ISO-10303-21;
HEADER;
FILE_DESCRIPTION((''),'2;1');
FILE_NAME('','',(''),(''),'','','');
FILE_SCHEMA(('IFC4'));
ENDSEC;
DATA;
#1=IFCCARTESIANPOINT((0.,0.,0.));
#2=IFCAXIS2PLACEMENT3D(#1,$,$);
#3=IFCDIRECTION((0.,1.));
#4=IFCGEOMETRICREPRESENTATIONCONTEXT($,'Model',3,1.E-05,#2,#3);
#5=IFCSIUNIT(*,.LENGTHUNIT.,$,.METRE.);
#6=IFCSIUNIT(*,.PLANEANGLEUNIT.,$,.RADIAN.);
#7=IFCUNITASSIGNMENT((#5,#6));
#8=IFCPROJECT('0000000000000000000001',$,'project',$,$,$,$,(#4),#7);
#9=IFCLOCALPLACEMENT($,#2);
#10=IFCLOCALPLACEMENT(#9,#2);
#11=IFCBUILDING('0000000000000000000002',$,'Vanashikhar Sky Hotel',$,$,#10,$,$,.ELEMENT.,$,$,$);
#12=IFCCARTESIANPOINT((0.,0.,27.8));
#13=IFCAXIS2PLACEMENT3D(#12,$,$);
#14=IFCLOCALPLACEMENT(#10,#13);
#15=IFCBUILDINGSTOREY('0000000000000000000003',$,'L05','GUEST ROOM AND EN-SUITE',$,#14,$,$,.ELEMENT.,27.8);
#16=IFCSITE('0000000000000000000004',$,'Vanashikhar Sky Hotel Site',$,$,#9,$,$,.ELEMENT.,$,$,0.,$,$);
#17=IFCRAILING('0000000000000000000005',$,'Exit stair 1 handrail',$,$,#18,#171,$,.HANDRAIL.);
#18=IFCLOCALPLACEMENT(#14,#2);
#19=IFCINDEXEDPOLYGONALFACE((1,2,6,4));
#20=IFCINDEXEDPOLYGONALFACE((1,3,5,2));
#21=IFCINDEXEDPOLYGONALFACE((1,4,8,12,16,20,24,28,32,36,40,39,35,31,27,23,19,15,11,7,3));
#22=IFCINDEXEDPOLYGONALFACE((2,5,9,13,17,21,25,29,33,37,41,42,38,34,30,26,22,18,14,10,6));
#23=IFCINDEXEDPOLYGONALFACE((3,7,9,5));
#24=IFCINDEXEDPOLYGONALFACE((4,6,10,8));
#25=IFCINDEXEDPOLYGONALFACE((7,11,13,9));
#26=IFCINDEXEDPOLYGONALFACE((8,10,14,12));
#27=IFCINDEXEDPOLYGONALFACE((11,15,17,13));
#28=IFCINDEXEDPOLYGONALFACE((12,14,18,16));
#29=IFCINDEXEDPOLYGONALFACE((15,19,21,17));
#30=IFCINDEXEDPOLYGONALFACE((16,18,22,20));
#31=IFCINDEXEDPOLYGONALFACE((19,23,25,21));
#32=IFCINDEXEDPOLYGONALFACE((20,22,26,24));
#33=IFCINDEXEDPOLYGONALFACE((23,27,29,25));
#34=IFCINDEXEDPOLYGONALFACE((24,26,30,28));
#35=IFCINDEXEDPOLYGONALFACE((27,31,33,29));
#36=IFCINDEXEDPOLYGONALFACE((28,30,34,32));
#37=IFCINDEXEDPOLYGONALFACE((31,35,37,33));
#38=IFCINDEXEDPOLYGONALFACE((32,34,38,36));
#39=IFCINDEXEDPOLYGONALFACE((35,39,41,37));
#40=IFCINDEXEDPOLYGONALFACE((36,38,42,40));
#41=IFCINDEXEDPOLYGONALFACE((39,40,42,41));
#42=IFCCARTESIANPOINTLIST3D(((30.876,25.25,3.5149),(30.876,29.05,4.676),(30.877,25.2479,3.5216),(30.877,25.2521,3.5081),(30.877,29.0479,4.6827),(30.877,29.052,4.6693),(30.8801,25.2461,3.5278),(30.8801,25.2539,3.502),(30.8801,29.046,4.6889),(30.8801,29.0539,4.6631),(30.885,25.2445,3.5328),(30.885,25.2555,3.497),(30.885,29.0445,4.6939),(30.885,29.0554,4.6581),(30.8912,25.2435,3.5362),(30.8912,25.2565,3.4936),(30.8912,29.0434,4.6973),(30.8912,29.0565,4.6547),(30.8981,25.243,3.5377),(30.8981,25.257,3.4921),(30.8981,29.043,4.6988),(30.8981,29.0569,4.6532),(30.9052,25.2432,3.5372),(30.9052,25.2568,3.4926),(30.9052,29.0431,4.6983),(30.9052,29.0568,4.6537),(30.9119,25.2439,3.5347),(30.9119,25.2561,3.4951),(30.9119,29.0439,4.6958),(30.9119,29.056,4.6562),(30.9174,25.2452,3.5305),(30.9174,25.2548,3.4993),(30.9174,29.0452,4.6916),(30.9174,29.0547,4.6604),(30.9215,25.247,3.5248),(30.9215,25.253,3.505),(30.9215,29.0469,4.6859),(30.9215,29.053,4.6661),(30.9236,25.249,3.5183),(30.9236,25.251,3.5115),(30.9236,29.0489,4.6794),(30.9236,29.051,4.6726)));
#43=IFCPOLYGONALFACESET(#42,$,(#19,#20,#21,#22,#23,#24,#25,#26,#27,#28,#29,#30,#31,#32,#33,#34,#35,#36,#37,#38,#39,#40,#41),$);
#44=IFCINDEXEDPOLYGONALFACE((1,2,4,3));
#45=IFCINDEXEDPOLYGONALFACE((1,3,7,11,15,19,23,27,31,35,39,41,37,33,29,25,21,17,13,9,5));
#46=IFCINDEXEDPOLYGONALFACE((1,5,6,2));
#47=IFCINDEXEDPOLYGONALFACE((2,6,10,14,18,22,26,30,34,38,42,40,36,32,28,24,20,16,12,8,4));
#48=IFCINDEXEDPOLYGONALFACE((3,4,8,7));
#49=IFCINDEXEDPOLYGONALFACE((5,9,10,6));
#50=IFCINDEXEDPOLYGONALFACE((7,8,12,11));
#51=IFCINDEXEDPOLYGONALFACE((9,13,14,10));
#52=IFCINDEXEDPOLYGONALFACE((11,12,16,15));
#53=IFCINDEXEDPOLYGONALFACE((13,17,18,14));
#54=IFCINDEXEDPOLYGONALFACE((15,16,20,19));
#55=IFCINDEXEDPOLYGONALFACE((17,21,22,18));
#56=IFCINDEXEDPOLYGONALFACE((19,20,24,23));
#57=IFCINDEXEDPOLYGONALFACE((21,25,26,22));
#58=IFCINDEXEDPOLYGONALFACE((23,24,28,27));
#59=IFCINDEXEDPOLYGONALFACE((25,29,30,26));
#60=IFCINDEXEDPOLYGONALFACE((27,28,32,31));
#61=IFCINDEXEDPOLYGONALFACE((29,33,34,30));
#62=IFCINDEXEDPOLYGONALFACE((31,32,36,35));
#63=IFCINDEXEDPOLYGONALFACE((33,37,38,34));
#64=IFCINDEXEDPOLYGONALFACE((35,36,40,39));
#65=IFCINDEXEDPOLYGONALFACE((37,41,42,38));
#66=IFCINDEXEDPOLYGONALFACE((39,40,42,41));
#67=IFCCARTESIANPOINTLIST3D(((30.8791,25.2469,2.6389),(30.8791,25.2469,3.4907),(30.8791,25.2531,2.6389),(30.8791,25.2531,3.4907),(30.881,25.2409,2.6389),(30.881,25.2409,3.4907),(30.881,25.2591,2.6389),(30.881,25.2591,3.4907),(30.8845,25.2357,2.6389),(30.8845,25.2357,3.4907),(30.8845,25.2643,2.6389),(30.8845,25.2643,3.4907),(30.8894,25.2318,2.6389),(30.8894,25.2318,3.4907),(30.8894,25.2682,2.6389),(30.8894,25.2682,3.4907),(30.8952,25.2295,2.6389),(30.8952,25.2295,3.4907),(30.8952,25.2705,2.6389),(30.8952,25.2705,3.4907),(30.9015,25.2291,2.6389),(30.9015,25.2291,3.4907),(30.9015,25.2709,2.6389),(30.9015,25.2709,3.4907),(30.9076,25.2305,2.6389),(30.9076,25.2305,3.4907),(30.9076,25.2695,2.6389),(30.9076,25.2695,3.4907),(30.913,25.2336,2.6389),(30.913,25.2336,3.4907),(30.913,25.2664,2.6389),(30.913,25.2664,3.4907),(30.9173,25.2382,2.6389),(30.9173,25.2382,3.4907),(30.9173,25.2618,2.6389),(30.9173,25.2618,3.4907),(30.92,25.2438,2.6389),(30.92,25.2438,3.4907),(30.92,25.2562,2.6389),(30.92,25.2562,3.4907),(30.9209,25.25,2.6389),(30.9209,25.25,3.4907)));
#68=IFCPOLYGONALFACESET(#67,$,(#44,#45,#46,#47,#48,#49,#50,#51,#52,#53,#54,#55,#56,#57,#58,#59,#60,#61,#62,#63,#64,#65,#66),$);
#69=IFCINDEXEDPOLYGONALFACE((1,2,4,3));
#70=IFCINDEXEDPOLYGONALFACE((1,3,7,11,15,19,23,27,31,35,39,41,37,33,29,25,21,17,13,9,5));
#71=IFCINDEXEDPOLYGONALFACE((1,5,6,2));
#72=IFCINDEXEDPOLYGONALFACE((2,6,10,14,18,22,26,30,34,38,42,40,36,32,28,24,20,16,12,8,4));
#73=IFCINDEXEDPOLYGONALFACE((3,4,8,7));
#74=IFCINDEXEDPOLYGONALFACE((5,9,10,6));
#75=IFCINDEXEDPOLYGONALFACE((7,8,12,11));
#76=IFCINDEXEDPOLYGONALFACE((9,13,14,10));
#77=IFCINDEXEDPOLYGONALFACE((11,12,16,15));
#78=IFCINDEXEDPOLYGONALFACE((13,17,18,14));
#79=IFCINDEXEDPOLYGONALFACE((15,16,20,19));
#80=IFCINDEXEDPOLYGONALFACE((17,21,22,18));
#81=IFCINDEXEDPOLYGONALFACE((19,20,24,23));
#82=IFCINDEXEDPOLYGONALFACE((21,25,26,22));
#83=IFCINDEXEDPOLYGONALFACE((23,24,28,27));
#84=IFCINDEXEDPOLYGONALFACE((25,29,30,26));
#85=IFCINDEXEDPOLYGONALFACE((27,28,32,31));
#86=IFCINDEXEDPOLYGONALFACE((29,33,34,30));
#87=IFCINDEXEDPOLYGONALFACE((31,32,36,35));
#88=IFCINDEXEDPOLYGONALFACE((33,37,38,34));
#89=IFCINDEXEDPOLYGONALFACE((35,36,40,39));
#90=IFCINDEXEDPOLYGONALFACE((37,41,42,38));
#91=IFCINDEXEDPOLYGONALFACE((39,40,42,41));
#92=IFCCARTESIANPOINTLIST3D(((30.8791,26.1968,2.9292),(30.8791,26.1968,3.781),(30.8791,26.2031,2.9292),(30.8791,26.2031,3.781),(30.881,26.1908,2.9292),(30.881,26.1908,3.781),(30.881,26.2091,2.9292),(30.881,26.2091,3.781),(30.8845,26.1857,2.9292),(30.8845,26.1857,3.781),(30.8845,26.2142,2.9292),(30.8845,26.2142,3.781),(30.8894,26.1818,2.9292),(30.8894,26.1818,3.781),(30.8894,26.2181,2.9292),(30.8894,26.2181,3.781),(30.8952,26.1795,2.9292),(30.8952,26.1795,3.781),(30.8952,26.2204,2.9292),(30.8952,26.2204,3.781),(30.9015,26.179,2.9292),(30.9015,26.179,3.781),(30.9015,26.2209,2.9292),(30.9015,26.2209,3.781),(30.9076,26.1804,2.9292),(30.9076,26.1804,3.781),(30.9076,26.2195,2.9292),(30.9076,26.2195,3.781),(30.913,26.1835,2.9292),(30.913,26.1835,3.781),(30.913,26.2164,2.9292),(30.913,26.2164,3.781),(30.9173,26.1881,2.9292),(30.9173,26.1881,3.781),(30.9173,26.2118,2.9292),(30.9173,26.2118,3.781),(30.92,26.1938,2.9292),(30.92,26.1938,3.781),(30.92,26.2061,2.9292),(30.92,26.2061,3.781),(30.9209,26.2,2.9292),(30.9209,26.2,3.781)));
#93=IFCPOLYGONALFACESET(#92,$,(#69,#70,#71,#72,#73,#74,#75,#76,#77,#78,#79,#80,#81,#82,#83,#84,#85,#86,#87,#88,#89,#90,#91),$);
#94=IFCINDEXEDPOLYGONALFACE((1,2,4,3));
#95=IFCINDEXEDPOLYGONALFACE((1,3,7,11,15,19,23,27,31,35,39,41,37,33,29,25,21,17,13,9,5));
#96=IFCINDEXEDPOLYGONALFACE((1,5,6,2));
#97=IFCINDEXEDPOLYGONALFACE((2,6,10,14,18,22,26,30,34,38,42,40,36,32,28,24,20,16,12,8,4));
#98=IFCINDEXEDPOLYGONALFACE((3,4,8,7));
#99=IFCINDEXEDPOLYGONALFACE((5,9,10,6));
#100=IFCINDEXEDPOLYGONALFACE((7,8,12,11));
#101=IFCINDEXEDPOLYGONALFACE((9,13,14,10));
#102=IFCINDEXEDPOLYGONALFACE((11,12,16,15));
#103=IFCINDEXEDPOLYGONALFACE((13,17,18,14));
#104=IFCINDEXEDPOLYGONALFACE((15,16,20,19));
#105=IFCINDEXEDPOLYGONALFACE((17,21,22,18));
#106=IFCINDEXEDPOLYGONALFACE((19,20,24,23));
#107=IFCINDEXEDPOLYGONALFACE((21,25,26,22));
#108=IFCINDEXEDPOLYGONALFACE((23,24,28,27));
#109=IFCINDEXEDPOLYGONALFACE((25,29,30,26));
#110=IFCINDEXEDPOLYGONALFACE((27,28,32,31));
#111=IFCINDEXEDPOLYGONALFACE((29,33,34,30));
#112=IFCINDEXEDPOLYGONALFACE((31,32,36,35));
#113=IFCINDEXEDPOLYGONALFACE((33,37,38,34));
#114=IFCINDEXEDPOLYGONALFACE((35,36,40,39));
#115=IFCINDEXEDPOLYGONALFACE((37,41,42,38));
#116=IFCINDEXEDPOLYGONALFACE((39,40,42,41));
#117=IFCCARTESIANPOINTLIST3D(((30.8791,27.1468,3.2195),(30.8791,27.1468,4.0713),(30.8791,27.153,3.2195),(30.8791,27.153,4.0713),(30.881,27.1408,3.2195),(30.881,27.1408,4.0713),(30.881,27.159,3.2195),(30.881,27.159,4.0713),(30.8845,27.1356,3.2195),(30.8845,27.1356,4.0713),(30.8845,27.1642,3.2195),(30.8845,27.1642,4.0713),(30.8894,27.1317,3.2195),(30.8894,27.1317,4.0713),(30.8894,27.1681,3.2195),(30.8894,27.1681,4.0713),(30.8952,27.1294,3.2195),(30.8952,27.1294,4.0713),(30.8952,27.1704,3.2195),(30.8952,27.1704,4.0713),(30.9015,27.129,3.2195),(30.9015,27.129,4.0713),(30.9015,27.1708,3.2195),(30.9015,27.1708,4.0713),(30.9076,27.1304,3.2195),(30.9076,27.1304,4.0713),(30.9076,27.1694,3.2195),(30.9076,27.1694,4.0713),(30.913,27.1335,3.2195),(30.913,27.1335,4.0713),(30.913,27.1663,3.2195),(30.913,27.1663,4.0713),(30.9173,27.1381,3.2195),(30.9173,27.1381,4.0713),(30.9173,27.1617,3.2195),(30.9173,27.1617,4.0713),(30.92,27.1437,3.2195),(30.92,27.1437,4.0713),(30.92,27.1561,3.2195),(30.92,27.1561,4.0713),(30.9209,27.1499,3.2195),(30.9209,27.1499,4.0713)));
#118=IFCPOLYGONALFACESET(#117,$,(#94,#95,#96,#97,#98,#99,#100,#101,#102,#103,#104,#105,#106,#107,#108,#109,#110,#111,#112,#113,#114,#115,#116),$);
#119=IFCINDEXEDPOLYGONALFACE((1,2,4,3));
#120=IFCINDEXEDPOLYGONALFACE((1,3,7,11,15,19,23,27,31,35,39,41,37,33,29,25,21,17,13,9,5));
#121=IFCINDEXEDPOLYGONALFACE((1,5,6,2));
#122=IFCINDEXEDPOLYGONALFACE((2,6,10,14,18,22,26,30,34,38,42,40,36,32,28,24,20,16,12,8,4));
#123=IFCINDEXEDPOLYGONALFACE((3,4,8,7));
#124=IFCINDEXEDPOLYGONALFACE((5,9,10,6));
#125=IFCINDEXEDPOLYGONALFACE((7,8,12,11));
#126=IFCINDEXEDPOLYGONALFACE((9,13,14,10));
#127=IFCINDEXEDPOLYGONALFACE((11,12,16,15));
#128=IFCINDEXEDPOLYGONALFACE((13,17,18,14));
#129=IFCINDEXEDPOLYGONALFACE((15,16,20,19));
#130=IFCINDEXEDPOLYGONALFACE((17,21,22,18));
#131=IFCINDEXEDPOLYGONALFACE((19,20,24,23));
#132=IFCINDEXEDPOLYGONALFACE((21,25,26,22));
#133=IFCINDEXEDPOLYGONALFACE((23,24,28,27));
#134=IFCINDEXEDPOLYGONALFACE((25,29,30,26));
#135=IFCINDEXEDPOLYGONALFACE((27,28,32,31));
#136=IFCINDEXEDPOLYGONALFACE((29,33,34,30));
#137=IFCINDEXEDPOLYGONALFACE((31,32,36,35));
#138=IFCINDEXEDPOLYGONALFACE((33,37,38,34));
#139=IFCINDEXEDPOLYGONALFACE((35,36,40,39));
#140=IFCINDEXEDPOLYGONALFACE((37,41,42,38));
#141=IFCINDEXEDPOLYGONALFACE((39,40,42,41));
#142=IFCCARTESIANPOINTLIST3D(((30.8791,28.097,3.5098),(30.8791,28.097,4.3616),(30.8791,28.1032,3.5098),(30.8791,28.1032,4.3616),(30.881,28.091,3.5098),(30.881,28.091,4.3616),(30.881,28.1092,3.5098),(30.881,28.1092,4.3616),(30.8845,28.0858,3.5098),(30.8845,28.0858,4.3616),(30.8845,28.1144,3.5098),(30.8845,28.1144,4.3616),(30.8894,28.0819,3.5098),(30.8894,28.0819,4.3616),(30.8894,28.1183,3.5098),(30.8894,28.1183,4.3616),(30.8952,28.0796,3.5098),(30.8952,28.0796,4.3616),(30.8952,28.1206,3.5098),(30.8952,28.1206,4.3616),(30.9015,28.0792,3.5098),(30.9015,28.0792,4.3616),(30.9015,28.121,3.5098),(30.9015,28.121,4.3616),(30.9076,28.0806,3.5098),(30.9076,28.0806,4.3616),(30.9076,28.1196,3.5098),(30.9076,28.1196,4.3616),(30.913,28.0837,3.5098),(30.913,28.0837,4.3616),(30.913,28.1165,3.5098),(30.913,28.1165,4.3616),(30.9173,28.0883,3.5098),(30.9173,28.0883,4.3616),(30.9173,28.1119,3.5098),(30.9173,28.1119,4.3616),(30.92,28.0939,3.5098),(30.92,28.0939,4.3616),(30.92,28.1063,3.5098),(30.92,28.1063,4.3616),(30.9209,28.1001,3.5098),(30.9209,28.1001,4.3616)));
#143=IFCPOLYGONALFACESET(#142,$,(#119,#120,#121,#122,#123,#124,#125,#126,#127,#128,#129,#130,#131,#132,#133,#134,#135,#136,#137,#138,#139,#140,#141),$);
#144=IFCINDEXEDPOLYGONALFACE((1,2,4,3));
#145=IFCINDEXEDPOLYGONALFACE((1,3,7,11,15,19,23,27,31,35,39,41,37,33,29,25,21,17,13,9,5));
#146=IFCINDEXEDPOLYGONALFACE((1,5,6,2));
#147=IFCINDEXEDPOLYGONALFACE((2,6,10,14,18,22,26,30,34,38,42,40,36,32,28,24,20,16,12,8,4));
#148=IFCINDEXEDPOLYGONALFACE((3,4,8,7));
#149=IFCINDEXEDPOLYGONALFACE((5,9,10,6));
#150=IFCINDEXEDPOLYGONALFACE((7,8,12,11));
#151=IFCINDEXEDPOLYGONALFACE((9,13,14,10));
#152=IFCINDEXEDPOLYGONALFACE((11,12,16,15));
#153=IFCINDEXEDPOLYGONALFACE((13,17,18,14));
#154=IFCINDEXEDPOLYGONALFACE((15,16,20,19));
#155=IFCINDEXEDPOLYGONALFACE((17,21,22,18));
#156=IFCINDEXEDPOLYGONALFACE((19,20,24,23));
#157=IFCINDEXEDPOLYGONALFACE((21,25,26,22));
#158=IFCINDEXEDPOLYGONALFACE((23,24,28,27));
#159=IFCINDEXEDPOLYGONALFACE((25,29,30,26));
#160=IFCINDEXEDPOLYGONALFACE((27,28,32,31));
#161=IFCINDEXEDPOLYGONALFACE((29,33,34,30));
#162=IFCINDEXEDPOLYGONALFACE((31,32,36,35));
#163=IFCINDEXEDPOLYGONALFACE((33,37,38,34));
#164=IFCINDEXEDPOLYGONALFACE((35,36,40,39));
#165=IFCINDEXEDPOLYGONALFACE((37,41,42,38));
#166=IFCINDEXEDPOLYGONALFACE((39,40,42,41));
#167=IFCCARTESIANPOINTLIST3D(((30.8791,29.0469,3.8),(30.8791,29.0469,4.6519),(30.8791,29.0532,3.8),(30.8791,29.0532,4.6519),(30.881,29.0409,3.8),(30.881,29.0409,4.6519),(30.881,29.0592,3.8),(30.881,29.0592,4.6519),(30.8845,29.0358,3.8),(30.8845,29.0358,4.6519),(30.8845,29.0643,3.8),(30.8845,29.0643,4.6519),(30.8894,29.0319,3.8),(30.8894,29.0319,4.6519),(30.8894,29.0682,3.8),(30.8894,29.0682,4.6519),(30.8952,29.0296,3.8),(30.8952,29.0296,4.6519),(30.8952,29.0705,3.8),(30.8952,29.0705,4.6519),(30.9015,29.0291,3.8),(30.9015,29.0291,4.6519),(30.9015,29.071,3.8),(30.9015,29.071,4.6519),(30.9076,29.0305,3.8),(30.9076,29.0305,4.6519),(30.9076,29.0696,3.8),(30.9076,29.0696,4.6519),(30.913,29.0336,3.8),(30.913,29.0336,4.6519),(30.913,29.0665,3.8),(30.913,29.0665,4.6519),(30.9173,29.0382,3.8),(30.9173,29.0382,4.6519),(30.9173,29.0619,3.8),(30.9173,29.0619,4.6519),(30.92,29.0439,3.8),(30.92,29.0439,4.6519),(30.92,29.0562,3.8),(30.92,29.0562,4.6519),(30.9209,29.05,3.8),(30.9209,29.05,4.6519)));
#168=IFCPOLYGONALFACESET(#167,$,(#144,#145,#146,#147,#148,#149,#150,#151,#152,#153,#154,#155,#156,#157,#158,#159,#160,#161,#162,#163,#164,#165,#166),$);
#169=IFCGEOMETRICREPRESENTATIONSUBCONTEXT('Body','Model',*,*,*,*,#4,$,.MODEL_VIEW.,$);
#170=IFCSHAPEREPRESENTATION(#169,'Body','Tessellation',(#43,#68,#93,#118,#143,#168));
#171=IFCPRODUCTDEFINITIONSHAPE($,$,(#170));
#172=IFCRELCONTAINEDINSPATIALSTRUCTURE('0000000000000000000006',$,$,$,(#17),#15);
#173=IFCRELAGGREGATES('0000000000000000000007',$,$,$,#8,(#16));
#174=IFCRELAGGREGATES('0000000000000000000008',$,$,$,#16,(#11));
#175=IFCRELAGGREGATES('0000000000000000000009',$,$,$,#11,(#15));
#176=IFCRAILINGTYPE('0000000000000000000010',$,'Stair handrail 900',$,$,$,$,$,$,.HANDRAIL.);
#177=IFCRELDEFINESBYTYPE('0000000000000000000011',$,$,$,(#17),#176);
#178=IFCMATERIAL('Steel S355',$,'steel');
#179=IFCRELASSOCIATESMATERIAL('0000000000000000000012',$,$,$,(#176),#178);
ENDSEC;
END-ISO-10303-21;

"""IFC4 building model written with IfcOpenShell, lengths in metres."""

from ifc_helpers import new_model, si_unit, direction, frame, origin, origin_2d, place, context, subcontext, project, spatial, circle, extrude, source, transform, mapped, material, type_object, element, save


model = new_model("IFC4")

# Units and contexts
model_context = context("Model", 3, precision=1e-05, world=origin(), true_north=direction((0.0, 1.0)))
body_context = subcontext(model_context, "Body", "Model", "MODEL_VIEW")
ifc_project = project(units=[si_unit("LENGTHUNIT", "METRE"), si_unit("PLANEANGLEUNIT", "RADIAN")], contexts=[model_context])

# Site, building, storey
site_placement = place(None, origin())
site = spatial("IfcSite", under=ifc_project, at=site_placement, Name="Vanashikhar Sky Hotel Site", CompositionType="ELEMENT", RefElevation=0.0)
building_placement = place(site_placement, origin())
building = spatial("IfcBuilding", under=site, at=building_placement, Name="Vanashikhar Sky Hotel", CompositionType="ELEMENT")
storey_placement = place(building_placement, frame((0.0, 0.0, 27.8)))
storey = spatial("IfcBuildingStorey", under=building, at=storey_placement, Name="L05", Description="GUEST ROOM AND EN-SUITE", CompositionType="ELEMENT", Elevation=27.8)

# Railing
ifc_material_1 = material(Name="Steel S355", Category="steel")
railing_type_1 = type_object("IfcRailingType", Name="Stair handrail 900", PredefinedType="HANDRAIL", material=ifc_material_1)
shared_shape_1 = source(origin(), body_context, "Body", "SweptSolid", [
    extrude(circle(Radius=0.0239, at=origin_2d()), frame((0.0, 0.0, 0.876), z_axis=(0.0, 0.956351, 0.29222), x_axis=(-1.0, 0.0, 0.0)), (0.0, 0.0, 1.0), 3.9734),
    extrude(circle(Radius=0.021, at=origin_2d()), origin(), (0.0, 0.0, 1.0), 0.8518),
    extrude(circle(Radius=0.021, at=origin_2d()), frame((0.0, 0.95, 0.2903)), (0.0, 0.0, 1.0), 0.8518),
    extrude(circle(Radius=0.021, at=origin_2d()), frame((0.0, 1.8999, 0.5806)), (0.0, 0.0, 1.0), 0.8518),
    extrude(circle(Radius=0.021, at=origin_2d()), frame((0.0, 2.8501, 0.8708)), (0.0, 0.0, 1.0), 0.8518),
    extrude(circle(Radius=0.021, at=origin_2d()), frame((0.0, 3.8, 1.1611)), (0.0, 0.0, 1.0), 0.8518),
])
for number, where, name in (
    (1, (30.8999, 25.25, 2.6389), "Exit stair 1 handrail"),
):
    element("IfcRailing", number, at=place(storey_placement, frame(where)), inside=storey, type_object=railing_type_1, Name=name, PredefinedType="HANDRAIL", context=body_context, shape_type="MappedRepresentation", body=[
        mapped(shared_shape_1, transform((0.0, 0.0, 0.0), scale=1.0)),
    ])

save(model, "model.ifc")
